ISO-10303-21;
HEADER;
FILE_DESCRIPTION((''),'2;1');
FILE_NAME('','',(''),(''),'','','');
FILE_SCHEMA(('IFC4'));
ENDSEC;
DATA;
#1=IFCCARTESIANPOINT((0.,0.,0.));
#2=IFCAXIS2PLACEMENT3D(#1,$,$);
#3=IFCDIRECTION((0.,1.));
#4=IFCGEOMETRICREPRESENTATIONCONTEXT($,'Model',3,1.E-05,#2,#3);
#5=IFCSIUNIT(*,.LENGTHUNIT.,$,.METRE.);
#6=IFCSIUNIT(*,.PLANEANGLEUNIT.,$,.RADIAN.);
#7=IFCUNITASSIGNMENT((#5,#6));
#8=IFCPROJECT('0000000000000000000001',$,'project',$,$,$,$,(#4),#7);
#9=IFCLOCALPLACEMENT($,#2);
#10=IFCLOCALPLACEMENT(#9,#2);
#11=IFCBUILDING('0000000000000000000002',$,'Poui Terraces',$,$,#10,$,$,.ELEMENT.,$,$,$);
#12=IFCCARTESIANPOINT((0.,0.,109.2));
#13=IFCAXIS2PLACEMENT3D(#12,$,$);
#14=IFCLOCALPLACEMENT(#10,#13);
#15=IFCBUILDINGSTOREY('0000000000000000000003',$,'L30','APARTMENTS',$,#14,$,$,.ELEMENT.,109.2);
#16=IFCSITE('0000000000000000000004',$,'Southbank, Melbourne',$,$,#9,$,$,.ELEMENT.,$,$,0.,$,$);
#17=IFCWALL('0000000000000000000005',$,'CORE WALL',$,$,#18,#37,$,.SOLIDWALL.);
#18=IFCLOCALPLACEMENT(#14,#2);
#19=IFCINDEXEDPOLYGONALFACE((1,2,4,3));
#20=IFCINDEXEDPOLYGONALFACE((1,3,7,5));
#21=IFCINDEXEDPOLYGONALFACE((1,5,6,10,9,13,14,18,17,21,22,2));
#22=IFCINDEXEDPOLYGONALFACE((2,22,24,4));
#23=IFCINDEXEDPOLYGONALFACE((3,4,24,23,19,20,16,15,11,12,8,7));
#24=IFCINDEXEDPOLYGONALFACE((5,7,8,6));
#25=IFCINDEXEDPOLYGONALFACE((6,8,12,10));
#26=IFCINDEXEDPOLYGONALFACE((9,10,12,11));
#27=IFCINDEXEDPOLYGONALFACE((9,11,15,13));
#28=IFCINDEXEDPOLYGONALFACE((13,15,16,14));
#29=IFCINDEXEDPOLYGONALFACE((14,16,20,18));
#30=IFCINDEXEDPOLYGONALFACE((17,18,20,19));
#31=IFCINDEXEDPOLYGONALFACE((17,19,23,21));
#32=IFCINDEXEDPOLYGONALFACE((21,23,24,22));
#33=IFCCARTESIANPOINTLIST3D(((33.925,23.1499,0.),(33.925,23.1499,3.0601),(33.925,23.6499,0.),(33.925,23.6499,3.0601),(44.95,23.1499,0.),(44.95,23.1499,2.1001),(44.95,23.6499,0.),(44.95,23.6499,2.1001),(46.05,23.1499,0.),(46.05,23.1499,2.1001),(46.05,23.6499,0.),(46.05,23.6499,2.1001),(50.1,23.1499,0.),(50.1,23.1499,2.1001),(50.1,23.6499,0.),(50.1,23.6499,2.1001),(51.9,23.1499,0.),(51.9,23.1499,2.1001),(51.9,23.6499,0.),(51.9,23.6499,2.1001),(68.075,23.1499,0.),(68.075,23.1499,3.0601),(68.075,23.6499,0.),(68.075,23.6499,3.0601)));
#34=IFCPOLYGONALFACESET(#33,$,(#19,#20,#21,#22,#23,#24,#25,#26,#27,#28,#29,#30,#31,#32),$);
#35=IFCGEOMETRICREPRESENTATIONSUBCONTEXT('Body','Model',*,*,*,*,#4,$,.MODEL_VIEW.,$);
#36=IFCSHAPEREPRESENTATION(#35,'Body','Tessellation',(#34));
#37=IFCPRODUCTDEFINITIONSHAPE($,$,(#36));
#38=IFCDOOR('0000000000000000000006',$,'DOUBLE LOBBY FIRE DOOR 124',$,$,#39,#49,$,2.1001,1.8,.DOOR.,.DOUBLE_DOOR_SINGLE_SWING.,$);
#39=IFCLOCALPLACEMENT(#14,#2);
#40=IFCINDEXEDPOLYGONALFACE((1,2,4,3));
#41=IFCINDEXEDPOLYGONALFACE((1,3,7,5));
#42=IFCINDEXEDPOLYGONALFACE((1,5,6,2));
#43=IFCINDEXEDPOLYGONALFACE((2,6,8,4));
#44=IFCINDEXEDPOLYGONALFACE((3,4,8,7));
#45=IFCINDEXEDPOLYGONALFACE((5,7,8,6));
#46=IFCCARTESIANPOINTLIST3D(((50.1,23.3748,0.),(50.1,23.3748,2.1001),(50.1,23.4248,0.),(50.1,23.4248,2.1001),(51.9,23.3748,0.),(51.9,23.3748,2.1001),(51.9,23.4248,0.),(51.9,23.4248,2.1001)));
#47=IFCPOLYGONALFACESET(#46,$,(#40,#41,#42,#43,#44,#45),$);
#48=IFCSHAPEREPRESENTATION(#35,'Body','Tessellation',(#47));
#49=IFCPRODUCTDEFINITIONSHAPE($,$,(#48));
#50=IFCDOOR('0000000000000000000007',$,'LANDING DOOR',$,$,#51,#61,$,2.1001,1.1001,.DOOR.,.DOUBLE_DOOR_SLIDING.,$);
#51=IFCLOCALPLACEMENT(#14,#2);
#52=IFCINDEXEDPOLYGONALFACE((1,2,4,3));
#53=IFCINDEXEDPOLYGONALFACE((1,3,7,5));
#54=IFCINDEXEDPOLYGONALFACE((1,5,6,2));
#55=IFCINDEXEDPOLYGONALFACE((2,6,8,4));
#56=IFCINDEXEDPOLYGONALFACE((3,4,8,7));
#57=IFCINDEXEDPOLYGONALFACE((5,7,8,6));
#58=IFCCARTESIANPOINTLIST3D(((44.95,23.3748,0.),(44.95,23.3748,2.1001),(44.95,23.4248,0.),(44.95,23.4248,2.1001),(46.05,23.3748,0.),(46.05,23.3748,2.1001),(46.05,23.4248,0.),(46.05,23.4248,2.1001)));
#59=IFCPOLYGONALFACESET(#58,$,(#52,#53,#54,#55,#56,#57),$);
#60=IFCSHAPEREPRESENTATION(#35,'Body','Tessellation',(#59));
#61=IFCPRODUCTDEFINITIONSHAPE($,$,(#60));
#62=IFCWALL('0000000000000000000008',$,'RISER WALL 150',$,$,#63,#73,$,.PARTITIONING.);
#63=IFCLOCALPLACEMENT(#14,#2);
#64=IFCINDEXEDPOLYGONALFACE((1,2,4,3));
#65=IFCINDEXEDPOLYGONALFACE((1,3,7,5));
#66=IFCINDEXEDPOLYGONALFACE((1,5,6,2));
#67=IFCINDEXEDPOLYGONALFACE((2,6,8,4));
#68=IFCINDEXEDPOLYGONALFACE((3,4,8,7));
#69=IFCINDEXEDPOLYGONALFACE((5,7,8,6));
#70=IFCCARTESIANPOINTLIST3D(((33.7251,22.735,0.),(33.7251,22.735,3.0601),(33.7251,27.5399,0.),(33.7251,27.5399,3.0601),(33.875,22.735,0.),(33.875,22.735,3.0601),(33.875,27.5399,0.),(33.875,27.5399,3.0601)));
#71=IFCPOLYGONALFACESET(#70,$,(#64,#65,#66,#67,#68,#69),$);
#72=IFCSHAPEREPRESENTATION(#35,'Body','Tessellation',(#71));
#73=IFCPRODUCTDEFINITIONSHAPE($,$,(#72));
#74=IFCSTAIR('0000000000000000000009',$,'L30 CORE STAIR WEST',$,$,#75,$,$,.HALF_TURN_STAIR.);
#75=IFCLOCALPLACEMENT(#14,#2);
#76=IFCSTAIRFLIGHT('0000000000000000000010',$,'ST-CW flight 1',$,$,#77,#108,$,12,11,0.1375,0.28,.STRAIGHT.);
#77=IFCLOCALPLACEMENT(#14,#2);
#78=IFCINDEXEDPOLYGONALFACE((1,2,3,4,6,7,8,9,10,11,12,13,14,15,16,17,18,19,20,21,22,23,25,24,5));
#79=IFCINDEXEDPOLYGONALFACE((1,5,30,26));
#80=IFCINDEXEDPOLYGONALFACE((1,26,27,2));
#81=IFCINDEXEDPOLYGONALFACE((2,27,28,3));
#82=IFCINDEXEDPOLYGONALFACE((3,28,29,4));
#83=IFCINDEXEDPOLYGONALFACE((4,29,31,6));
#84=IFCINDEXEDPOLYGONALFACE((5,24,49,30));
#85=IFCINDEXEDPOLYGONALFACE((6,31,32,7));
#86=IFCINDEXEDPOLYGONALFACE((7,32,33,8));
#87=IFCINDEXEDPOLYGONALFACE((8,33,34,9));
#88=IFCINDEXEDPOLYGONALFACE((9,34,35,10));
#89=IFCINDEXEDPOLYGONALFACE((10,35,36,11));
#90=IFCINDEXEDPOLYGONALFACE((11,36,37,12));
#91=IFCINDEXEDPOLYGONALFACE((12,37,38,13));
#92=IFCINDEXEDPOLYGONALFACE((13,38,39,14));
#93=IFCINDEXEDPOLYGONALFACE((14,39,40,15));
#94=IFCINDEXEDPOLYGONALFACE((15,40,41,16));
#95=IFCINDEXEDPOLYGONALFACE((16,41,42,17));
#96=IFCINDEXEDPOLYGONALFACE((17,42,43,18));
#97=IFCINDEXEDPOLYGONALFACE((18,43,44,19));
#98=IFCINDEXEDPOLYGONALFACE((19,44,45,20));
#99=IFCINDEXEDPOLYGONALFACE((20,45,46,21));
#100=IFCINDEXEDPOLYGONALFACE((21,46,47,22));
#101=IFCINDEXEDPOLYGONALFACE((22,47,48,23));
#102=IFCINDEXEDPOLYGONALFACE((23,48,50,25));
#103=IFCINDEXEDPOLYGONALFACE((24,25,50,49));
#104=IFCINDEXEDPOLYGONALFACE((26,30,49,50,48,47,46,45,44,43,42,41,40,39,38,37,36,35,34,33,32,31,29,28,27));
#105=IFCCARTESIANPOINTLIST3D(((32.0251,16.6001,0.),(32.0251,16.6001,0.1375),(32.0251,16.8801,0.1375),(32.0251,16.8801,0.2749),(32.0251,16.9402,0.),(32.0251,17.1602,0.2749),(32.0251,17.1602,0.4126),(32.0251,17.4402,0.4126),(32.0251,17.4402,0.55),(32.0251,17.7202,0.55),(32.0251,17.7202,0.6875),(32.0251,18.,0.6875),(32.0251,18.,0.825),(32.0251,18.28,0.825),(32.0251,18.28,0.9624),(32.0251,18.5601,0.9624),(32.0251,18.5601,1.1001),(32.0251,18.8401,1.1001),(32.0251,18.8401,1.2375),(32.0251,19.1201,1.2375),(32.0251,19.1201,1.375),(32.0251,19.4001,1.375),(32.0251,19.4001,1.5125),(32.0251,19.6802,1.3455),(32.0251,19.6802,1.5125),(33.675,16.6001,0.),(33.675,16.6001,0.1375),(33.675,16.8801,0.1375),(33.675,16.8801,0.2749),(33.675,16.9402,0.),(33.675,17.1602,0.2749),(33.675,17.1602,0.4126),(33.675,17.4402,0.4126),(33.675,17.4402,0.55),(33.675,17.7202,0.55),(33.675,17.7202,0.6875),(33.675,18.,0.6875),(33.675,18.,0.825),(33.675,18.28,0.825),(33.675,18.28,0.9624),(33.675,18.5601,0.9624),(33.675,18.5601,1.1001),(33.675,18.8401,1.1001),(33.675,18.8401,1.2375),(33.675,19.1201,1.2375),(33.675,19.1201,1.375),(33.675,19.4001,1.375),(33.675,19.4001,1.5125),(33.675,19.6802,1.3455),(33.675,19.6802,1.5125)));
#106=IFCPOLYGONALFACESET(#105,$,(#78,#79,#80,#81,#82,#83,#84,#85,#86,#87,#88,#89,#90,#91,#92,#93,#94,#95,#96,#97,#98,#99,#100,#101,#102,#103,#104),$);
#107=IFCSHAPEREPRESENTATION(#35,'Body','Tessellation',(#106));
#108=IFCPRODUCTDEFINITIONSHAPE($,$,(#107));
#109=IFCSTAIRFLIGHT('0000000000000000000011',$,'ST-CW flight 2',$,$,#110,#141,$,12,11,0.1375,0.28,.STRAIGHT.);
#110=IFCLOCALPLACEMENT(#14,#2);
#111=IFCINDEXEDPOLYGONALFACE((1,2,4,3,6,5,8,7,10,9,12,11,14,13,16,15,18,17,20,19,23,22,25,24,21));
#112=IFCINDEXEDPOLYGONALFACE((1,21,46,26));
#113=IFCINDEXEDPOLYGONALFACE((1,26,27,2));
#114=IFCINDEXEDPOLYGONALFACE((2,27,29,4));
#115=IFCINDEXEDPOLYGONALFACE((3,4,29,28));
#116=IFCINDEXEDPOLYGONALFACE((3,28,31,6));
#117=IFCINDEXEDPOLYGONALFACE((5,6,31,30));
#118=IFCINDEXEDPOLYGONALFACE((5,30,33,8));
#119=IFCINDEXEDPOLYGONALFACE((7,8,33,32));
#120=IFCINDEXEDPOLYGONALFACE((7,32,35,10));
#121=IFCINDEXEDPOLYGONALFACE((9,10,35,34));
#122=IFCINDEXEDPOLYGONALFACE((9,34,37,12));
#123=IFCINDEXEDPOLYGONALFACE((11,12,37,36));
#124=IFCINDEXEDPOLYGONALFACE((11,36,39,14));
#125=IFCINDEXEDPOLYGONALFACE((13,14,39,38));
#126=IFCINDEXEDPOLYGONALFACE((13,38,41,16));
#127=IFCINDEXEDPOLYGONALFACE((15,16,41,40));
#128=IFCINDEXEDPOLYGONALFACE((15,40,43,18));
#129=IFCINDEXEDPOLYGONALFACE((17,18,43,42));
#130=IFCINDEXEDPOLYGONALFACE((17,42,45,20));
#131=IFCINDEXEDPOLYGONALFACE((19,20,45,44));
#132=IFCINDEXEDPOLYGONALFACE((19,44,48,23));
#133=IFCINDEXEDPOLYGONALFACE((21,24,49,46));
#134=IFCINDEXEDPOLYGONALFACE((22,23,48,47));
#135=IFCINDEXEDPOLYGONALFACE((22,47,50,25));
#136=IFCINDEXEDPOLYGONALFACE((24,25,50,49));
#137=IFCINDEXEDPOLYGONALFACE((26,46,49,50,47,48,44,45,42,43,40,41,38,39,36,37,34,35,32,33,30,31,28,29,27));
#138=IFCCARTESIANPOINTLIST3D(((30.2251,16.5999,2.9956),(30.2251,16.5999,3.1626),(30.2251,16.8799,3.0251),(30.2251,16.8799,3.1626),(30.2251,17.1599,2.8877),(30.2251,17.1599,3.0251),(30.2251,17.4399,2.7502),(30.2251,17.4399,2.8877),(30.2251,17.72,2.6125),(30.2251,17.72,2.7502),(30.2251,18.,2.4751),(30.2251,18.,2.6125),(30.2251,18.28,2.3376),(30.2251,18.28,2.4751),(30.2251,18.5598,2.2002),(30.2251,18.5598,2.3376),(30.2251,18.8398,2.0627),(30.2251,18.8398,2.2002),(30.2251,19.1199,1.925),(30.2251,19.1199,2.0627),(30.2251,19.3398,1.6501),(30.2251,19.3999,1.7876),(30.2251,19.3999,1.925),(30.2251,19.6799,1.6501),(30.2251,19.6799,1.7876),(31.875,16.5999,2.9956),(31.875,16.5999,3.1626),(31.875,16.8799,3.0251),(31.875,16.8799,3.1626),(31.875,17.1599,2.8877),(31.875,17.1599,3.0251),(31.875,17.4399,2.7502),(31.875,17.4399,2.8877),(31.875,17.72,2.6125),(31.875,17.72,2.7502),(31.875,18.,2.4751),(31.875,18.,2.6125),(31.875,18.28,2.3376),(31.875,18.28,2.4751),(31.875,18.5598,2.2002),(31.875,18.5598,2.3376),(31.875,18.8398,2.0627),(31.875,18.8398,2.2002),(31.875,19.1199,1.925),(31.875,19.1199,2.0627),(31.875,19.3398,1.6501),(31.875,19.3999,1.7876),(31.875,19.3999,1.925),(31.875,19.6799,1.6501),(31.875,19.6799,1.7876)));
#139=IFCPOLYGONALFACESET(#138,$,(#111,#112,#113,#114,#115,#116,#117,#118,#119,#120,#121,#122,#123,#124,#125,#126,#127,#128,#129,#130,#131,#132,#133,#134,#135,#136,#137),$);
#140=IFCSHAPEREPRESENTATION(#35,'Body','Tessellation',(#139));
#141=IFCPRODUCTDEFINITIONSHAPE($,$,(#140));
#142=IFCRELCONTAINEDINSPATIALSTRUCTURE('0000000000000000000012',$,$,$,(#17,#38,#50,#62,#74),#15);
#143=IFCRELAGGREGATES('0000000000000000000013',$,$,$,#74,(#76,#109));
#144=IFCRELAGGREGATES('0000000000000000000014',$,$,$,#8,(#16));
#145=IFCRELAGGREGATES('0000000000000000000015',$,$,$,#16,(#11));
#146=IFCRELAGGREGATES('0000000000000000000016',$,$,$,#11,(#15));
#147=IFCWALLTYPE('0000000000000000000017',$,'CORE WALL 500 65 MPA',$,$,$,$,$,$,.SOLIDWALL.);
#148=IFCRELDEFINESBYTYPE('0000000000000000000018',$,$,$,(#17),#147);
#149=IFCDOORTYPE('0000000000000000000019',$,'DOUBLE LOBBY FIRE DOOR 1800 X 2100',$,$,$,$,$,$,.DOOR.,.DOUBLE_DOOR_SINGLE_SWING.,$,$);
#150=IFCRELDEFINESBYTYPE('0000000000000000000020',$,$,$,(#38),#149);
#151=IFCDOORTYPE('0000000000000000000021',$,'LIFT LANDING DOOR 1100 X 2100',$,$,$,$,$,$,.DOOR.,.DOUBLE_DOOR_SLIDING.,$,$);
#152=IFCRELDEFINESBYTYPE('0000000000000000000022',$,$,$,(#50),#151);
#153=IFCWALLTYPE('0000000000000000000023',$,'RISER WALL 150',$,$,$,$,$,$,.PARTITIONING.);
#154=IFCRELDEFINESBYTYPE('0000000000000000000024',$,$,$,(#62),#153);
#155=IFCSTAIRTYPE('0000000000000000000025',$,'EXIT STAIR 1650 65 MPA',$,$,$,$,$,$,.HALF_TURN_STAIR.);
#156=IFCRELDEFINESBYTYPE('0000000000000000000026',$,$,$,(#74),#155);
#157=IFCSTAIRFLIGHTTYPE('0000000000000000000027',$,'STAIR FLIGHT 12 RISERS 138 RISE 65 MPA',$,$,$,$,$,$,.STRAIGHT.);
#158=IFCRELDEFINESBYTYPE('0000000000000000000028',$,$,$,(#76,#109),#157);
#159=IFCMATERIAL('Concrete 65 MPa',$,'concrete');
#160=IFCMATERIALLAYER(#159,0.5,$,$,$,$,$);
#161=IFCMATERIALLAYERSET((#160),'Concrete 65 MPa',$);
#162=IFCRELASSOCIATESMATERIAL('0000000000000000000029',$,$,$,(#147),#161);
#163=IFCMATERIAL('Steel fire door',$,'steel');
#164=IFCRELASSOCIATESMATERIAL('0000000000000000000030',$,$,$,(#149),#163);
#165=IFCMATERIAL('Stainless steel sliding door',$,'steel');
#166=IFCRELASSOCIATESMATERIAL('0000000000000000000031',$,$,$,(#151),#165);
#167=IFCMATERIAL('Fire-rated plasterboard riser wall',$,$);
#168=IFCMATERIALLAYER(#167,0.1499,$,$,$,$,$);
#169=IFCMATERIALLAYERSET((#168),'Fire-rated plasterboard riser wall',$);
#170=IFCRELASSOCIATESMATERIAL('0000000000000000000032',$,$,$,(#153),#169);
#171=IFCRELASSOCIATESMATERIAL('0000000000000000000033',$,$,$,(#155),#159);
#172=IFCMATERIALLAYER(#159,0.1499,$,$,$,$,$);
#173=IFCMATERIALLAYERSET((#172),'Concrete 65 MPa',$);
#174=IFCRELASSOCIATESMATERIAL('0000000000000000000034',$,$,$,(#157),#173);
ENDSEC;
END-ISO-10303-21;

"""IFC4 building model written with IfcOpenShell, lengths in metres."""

from ifc_helpers import new_model, si_unit, direction, frame, frame_2d, origin, place, context, subcontext, project, spatial, polyline, rectangle, outline, extrude, material, layer, layer_set, type_object, element, fill, aggregate, save


model = new_model("IFC4")

# Units and contexts
model_context = context("Model", 3, precision=1e-05, world=origin(), true_north=direction((0.0, 1.0)))
body_context = subcontext(model_context, "Body", "Model", "MODEL_VIEW")
ifc_project = project(units=[si_unit("LENGTHUNIT", "METRE"), si_unit("PLANEANGLEUNIT", "RADIAN")], contexts=[model_context])

# Site, building, storey
site_placement = place(None, origin())
site = spatial("IfcSite", under=ifc_project, at=site_placement, Name="Southbank, Melbourne", CompositionType="ELEMENT", RefElevation=0.0)
building_placement = place(site_placement, origin())
building = spatial("IfcBuilding", under=site, at=building_placement, Name="Poui Terraces", CompositionType="ELEMENT")
storey_placement = place(building_placement, frame((0.0, 0.0, 109.2)))
storey = spatial("IfcBuildingStorey", under=building, at=storey_placement, Name="L30", Description="APARTMENTS", CompositionType="ELEMENT", Elevation=109.2)

# Wall, openings, doors
ifc_material_1 = material(Name="Concrete 65 MPa", Category="concrete")
ifc_layer_1 = layer(ifc_material_1, 0.5)
ifc_layer_set_1 = layer_set([ifc_layer_1], Name="Concrete 65 MPa")
wall_type_1 = type_object("IfcWallType", Name="CORE WALL 500 65 MPA", PredefinedType="SOLIDWALL", material=ifc_layer_set_1)
ifc_material_2 = material(Name="Steel fire door", Category="steel")
door_type_1 = type_object("IfcDoorType", Name="DOUBLE LOBBY FIRE DOOR 1800 X 2100", OperationType="DOUBLE_DOOR_SINGLE_SWING", PredefinedType="DOOR", material=ifc_material_2)
ifc_material_3 = material(Name="Stainless steel sliding door", Category="steel")
door_type_2 = type_object("IfcDoorType", Name="LIFT LANDING DOOR 1100 X 2100", OperationType="DOUBLE_DOOR_SLIDING", PredefinedType="DOOR", material=ifc_material_3)
wall_1_placement = place(storey_placement, frame((33.925, 23.3999, 0.0), z_axis=(0.0, 0.0, 1.0), x_axis=(1.0, 0.0, 0.0)))
wall_1 = element("IfcWall", 1, at=wall_1_placement, inside=storey, type_object=wall_type_1, Name="CORE WALL", PredefinedType="SOLIDWALL", context=body_context, shape_type="SweptSolid", body=[
    extrude(rectangle(XDim=34.1499, YDim=0.5, at=frame_2d((17.075, 0.0))), origin(), (0.0, 0.0, 1.0), 3.0601),
])
opening_1_placement = place(wall_1_placement, frame((16.175, 0.0, 0.0)))
opening_1 = element("IfcOpeningElement", 2, at=opening_1_placement, cuts=wall_1, PredefinedType="OPENING", context=body_context, shape_type="SweptSolid", body=[
    extrude(rectangle(XDim=1.8, YDim=2.1001, at=frame_2d((0.8999, 1.05))), frame((0.0, 0.26, 0.0), z_axis=(0.0, -1.0, 0.0), x_axis=(1.0, 0.0, 0.0)), (0.0, 0.0, 1.0), 0.52),
])
opening_2_placement = place(wall_1_placement, frame((11.0249, 0.0, 0.0)))
opening_2 = element("IfcOpeningElement", 3, at=opening_2_placement, cuts=wall_1, PredefinedType="OPENING", context=body_context, shape_type="SweptSolid", body=[
    extrude(rectangle(XDim=1.1001, YDim=2.1001, at=frame_2d((0.55, 1.05))), frame((0.0, 0.26, 0.0), z_axis=(0.0, -1.0, 0.0), x_axis=(1.0, 0.0, 0.0)), (0.0, 0.0, 1.0), 0.52),
])
door_1_placement = place(opening_1_placement, origin())
door_1 = element("IfcDoor", 4, at=door_1_placement, inside=storey, type_object=door_type_1, Name="DOUBLE LOBBY FIRE DOOR 124", OperationType="DOUBLE_DOOR_SINGLE_SWING", OverallHeight=2.1001, OverallWidth=1.8, PredefinedType="DOOR", context=body_context, shape_type="SweptSolid", body=[
    extrude(rectangle(XDim=1.8, YDim=2.1001, at=frame_2d((0.8999, 1.05))), frame((0.0, 0.0249, 0.0), z_axis=(0.0, -1.0, 0.0), x_axis=(1.0, 0.0, 0.0)), (0.0, 0.0, 1.0), 0.05),
])
fill(opening_1, door_1)
door_2_placement = place(opening_2_placement, origin())
door_2 = element("IfcDoor", 5, at=door_2_placement, inside=storey, type_object=door_type_2, Name="LANDING DOOR", OperationType="DOUBLE_DOOR_SLIDING", OverallHeight=2.1001, OverallWidth=1.1001, PredefinedType="DOOR", context=body_context, shape_type="SweptSolid", body=[
    extrude(rectangle(XDim=1.1001, YDim=2.1001, at=frame_2d((0.55, 1.05))), frame((0.0, 0.0249, 0.0), z_axis=(0.0, -1.0, 0.0), x_axis=(1.0, 0.0, 0.0)), (0.0, 0.0, 1.0), 0.05),
])
fill(opening_2, door_2)

# Wall
ifc_material_4 = material(Name="Fire-rated plasterboard riser wall")
ifc_layer_2 = layer(ifc_material_4, 0.1499)
ifc_layer_set_2 = layer_set([ifc_layer_2], Name="Fire-rated plasterboard riser wall")
wall_type_2 = type_object("IfcWallType", Name="RISER WALL 150", PredefinedType="PARTITIONING", material=ifc_layer_set_2)
wall_2_placement = place(storey_placement, frame((33.8, 22.7351, 0.0), z_axis=(0.0, 0.0, 1.0), x_axis=(0.0, 1.0, 0.0)))
element("IfcWall", 6, at=wall_2_placement, inside=storey, type_object=wall_type_2, Name="RISER WALL 150", PredefinedType="PARTITIONING", context=body_context, shape_type="SweptSolid", body=[
    extrude(rectangle(XDim=4.8049, YDim=0.1499, at=frame_2d((2.4023, 0.0))), origin(), (0.0, 0.0, 1.0), 3.0601),
])

# Stair, stair flights
stair_type = type_object("IfcStairType", Name="EXIT STAIR 1650 65 MPA", PredefinedType="HALF_TURN_STAIR", material=ifc_material_1)
stair_placement = place(storey_placement, origin())
stair = element("IfcStair", 7, at=stair_placement, inside=storey, type_object=stair_type, Name="L30 CORE STAIR WEST", PredefinedType="HALF_TURN_STAIR")
ifc_layer_3 = layer(ifc_material_1, 0.1499)
ifc_layer_set_3 = layer_set([ifc_layer_3], Name="Concrete 65 MPa")
stair_flight_type = type_object("IfcStairFlightType", Name="STAIR FLIGHT 12 RISERS 138 RISE 65 MPA", PredefinedType="STRAIGHT", material=ifc_layer_set_3)
stair_flight_1_placement = place(storey_placement, frame((32.8501, 16.6001, 0.0), z_axis=(0.0, 0.0, 1.0), x_axis=(0.0, 1.0, 0.0)))
stair_flight_1 = element("IfcStairFlight", 8, at=stair_flight_1_placement, type_object=stair_flight_type, Name="ST-CW flight 1", NumberOfRisers=12, NumberOfTreads=11, PredefinedType="STRAIGHT", RiserHeight=0.1375, TreadLength=0.28, context=body_context, shape_type="SweptSolid", body=[
    extrude(outline(polyline([(0.0, 0.0), (0.0, 0.1375), (0.28, 0.1375), (0.28, 0.2749), (0.5601, 0.2749), (0.5601, 0.4126), (0.8401, 0.4126), (0.8401, 0.55), (1.1201, 0.55), (1.1201, 0.6875), (1.3999, 0.6875), (1.3999, 0.825), (1.6799, 0.825), (1.6799, 0.9624), (1.96, 0.9624), (1.96, 1.1001), (2.24, 1.1001), (2.24, 1.2375), (2.52, 1.2375), (2.52, 1.375), (2.8, 1.375), (2.8, 1.5125), (3.0801, 1.5125), (3.0801, 1.6499), (3.0801, 1.3455), (0.3401, 0.0), (0.0, 0.0)])), frame((0.0, 0.825, 0.0), z_axis=(0.0, -1.0, 0.0), x_axis=(1.0, 0.0, 0.0)), (0.0, 0.0, 1.0), 1.6499),
])
stair_flight_2_placement = place(storey_placement, frame((31.05, 19.6799, 1.6501), z_axis=(0.0, 0.0, 1.0), x_axis=(0.0, -1.0, 0.0)))
stair_flight_2 = element("IfcStairFlight", 9, at=stair_flight_2_placement, type_object=stair_flight_type, Name="ST-CW flight 2", NumberOfRisers=12, NumberOfTreads=11, PredefinedType="STRAIGHT", RiserHeight=0.1375, TreadLength=0.28, context=body_context, shape_type="SweptSolid", body=[
    extrude(outline(polyline([(0.0, 0.0), (0.0, 0.1375), (0.28, 0.1375), (0.28, 0.2749), (0.5601, 0.2749), (0.5601, 0.4126), (0.8401, 0.4126), (0.8401, 0.55), (1.1201, 0.55), (1.1201, 0.6875), (1.3999, 0.6875), (1.3999, 0.825), (1.6799, 0.825), (1.6799, 0.9624), (1.96, 0.9624), (1.96, 1.1001), (2.24, 1.1001), (2.24, 1.2375), (2.52, 1.2375), (2.52, 1.375), (2.8, 1.375), (2.8, 1.5125), (3.0801, 1.5125), (3.0801, 1.6499), (3.0801, 1.3455), (0.3401, 0.0), (0.0, 0.0)])), frame((0.0, 0.825, 0.0), z_axis=(0.0, -1.0, 0.0), x_axis=(1.0, 0.0, 0.0)), (0.0, 0.0, 1.0), 1.6499),
])
aggregate(stair, [stair_flight_1, stair_flight_2])

save(model, "model.ifc")
